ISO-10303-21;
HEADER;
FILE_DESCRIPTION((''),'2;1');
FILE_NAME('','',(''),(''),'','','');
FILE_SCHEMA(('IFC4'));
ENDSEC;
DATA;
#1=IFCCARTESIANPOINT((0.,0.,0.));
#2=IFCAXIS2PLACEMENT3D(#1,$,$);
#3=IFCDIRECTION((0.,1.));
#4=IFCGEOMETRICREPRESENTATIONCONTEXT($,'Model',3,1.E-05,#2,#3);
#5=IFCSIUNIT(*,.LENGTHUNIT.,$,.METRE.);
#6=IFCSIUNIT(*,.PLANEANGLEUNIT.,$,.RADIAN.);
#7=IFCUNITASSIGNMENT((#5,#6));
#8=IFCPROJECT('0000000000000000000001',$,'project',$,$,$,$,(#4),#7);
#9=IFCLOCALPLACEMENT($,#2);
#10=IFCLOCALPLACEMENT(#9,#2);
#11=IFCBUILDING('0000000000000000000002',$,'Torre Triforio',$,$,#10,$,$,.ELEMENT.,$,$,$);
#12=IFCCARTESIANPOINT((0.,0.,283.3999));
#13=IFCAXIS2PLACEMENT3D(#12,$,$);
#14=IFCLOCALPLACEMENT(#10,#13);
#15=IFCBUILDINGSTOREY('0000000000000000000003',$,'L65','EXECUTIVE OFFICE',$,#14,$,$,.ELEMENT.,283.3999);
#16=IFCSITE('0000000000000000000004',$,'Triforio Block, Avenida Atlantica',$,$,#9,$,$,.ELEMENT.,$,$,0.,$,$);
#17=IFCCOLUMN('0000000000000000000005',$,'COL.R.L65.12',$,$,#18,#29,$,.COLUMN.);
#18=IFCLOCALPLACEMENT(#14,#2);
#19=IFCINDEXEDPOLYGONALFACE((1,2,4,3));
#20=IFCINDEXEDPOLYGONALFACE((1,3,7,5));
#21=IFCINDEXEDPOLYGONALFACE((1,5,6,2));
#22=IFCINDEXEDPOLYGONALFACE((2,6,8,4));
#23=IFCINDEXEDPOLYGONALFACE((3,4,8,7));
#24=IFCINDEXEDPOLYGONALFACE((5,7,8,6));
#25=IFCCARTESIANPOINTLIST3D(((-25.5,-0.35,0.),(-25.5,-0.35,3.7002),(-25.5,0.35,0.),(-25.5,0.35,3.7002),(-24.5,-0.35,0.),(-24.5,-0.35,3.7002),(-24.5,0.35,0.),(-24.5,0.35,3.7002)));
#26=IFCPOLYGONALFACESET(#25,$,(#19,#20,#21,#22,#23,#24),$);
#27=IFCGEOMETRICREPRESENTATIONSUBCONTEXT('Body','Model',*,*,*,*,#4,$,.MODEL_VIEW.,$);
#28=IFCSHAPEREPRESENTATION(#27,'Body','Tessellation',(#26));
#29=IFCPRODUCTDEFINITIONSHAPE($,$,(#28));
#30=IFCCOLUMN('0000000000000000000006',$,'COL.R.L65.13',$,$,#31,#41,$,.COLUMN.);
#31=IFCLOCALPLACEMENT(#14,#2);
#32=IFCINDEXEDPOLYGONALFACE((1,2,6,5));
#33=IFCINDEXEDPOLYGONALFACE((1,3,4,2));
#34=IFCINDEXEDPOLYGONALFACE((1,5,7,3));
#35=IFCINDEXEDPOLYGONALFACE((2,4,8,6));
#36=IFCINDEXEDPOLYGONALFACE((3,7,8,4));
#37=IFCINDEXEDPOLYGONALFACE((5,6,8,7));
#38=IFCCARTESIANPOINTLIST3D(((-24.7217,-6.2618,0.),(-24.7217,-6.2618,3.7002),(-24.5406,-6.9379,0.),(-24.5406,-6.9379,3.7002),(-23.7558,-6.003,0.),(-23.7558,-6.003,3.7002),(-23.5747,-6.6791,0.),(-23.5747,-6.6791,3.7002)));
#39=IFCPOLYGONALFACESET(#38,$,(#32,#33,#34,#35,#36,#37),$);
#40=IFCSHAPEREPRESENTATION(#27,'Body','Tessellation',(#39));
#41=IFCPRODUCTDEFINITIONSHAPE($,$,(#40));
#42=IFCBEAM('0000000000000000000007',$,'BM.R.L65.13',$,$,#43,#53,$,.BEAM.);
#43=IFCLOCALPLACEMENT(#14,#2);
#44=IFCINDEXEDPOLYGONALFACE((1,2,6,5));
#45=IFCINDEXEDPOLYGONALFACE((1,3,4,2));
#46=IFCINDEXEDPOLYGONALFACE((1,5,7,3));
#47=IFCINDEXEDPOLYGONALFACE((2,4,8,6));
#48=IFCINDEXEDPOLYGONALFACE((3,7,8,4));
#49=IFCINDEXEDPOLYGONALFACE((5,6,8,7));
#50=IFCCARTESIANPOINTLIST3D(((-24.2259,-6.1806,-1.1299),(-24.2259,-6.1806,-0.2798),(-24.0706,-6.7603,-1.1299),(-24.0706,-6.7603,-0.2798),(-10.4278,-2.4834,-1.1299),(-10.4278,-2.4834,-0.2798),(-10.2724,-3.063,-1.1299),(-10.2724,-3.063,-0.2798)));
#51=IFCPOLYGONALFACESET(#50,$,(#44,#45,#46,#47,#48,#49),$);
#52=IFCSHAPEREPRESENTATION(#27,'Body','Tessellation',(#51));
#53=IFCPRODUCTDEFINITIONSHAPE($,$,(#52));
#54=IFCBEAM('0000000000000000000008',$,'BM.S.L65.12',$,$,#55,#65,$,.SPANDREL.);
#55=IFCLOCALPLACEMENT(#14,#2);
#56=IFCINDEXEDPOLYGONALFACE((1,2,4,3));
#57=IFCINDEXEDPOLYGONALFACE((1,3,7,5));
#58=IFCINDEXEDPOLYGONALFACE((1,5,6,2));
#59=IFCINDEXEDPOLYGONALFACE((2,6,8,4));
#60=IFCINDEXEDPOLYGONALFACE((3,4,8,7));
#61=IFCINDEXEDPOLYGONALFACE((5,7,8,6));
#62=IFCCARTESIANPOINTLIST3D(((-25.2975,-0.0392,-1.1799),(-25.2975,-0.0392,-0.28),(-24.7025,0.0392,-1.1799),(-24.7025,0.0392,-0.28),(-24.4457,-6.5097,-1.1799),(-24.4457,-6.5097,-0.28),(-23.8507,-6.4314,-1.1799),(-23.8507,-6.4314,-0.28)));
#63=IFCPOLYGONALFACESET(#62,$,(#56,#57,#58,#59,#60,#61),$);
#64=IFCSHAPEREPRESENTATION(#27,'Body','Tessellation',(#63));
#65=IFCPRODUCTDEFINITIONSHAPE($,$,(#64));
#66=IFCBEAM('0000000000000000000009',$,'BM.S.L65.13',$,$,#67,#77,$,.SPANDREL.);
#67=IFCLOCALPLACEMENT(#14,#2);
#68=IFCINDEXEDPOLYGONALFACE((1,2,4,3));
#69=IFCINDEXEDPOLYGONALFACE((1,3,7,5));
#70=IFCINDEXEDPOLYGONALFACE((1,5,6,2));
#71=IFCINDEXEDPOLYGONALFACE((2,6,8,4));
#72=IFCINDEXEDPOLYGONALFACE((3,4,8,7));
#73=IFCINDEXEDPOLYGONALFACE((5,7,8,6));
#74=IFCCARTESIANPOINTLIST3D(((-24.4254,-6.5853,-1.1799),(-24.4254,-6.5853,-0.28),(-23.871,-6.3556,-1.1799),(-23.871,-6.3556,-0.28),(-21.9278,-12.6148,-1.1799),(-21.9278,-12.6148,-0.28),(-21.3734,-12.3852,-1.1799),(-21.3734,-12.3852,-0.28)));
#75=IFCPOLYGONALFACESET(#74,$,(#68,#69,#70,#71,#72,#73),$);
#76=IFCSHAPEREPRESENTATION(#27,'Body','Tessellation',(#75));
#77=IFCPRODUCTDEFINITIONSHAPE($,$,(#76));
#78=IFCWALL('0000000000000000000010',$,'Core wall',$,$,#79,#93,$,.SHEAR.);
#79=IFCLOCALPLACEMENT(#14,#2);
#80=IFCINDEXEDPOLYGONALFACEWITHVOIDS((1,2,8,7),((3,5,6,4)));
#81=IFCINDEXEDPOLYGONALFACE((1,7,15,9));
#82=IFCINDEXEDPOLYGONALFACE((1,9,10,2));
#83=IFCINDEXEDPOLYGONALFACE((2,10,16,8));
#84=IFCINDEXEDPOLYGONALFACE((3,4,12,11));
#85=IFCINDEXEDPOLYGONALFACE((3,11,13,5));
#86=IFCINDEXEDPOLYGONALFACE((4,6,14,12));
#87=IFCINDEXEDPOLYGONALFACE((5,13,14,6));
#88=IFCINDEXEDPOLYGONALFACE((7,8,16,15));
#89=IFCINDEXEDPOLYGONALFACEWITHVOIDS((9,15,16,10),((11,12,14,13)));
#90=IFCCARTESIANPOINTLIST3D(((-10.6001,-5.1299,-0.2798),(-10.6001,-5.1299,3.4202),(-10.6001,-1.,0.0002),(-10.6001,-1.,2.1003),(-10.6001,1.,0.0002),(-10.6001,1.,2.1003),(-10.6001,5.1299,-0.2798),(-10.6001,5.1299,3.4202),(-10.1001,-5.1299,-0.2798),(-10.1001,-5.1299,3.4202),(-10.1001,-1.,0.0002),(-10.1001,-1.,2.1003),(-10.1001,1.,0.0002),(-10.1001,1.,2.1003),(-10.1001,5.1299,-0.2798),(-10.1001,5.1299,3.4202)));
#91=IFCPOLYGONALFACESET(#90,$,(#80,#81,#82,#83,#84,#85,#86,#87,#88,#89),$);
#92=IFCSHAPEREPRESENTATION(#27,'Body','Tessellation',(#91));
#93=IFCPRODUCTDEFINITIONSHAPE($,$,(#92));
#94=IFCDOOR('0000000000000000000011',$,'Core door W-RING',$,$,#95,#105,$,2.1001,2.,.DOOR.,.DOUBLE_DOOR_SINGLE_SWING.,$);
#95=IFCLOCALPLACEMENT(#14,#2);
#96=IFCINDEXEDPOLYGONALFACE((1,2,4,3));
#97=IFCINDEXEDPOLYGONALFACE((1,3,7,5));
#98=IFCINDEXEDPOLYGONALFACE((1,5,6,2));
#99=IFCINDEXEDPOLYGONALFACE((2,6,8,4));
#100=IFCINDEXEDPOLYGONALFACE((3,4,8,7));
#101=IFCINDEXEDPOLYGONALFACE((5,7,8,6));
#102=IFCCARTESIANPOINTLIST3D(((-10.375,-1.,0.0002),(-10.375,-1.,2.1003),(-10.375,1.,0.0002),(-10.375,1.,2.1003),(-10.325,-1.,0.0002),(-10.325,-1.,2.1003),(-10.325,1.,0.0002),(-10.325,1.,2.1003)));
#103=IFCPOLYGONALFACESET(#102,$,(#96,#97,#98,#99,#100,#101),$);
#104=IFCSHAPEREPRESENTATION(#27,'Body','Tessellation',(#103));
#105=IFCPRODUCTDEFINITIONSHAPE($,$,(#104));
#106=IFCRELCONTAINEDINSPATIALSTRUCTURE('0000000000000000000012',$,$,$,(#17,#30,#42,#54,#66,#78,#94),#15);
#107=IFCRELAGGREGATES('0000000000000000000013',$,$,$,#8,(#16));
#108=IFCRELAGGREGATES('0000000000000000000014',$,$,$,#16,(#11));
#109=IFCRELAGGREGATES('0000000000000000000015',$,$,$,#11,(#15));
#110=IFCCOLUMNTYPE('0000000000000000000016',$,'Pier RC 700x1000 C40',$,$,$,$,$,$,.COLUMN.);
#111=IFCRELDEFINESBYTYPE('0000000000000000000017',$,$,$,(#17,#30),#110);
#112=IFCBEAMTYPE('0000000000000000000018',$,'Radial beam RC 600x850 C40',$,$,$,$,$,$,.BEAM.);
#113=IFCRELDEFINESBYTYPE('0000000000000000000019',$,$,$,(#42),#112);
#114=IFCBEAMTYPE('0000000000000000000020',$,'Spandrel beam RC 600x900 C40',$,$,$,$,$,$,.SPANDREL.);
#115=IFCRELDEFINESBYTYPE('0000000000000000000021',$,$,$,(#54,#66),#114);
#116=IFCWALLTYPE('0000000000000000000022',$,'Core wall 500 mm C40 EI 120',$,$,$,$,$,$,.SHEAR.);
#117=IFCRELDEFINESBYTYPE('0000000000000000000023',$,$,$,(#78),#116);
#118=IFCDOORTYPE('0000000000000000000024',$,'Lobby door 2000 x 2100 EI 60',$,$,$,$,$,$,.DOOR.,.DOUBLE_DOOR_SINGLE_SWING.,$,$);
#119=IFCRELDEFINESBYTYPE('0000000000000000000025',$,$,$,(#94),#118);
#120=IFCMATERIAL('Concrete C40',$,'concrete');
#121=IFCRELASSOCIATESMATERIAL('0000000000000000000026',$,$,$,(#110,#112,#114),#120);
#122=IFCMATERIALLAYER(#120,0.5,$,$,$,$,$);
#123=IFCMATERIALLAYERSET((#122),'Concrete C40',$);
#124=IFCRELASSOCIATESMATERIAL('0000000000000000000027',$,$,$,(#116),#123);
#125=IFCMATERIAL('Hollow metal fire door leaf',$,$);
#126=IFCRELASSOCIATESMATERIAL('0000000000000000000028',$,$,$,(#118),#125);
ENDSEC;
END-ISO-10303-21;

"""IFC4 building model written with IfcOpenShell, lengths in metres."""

from ifc_helpers import new_model, si_unit, direction, frame, frame_2d, origin, origin_2d, place, context, subcontext, project, spatial, rectangle, extrude, material, layer, layer_set, material_profile, profile_set, type_object, element, fill, save


model = new_model("IFC4")

# Units and contexts
model_context = context("Model", 3, precision=1e-05, world=origin(), true_north=direction((0.0, 1.0)))
body_context = subcontext(model_context, "Body", "Model", "MODEL_VIEW")
ifc_project = project(units=[si_unit("LENGTHUNIT", "METRE"), si_unit("PLANEANGLEUNIT", "RADIAN")], contexts=[model_context])

# Site, building, storey
site_placement = place(None, origin())
site = spatial("IfcSite", under=ifc_project, at=site_placement, Name="Triforio Block, Avenida Atlantica", CompositionType="ELEMENT", RefElevation=0.0)
building_placement = place(site_placement, origin())
building = spatial("IfcBuilding", under=site, at=building_placement, Name="Torre Triforio", CompositionType="ELEMENT")
storey_placement = place(building_placement, frame((0.0, 0.0, 283.3999)))
storey = spatial("IfcBuildingStorey", under=building, at=storey_placement, Name="L65", Description="EXECUTIVE OFFICE", CompositionType="ELEMENT", Elevation=283.3999)

# Columns
ifc_material_1 = material(Name="Concrete C40", Category="concrete")
ifc_material_profile_1 = material_profile(ifc_material_1, rectangle(XDim=0.7, YDim=1.0, at=origin_2d()), Name="RC 700x1000")
ifc_profile_set_1 = profile_set([ifc_material_profile_1], Name="Concrete C40")
column_type = type_object("IfcColumnType", Name="Pier RC 700x1000 C40", PredefinedType="COLUMN", material=ifc_profile_set_1)
for number, where, z_axis, x_axis, name in (
    (1, (-25.0, 0.0, 0.0), (0.0, 0.0, 1.0), (0.0, -1.0, 0.0), "COL.R.L65.12"),
    (2, (-24.1482, -6.4705, 0.0), (0.0, 0.0, 1.0), (0.258819, -0.965926, 0.0), "COL.R.L65.13"),
):
    element("IfcColumn", number, at=place(storey_placement, frame(where, z_axis=z_axis, x_axis=x_axis)), inside=storey, type_object=column_type, Name=name, PredefinedType="COLUMN", context=body_context, shape_type="SweptSolid", body=[
        extrude(rectangle(XDim=0.7, YDim=1.0, at=origin_2d()), origin(), (0.0, 0.0, 1.0), 3.7002),
    ])

# Beams
ifc_material_profile_2 = material_profile(ifc_material_1, rectangle(XDim=0.6001, YDim=0.8501, at=origin_2d()), Name="RC 600x850")
ifc_profile_set_2 = profile_set([ifc_material_profile_2], Name="Concrete C40")
beam_type_1 = type_object("IfcBeamType", Name="Radial beam RC 600x850 C40", PredefinedType="BEAM", material=ifc_profile_set_2)
beam_placement = place(storey_placement, frame((-10.3501, -2.7732, -0.7048), z_axis=(-0.965924, -0.258824, 0.0), x_axis=(0.258824, -0.965924, 0.0)))
element("IfcBeam", 3, at=beam_placement, inside=storey, type_object=beam_type_1, Name="BM.R.L65.13", PredefinedType="BEAM", context=body_context, shape_type="SweptSolid", body=[
    extrude(rectangle(XDim=0.6001, YDim=0.8501, at=origin_2d()), origin(), (0.0, 0.0, 1.0), 14.2849),
])
ifc_material_profile_3 = material_profile(ifc_material_1, rectangle(XDim=0.6001, YDim=0.8999, at=origin_2d()), Name="RC 600x900")
ifc_profile_set_3 = profile_set([ifc_material_profile_3], Name="Concrete C40")
beam_type_2 = type_object("IfcBeamType", Name="Spandrel beam RC 600x900 C40", PredefinedType="SPANDREL", material=ifc_profile_set_3)
for number, where, z_axis, x_axis, name in (
    (4, (-25.0, 0.0, -0.73), (0.130519, -0.991446, 0.0), (0.991446, 0.130519, 0.0), "BM.S.L65.12"),
    (5, (-24.1482, -6.4705, -0.73), (0.382689, -0.923877, 0.0), (0.923877, 0.382689, 0.0), "BM.S.L65.13"),
):
    element("IfcBeam", number, at=place(storey_placement, frame(where, z_axis=z_axis, x_axis=x_axis)), inside=storey, type_object=beam_type_2, Name=name, PredefinedType="SPANDREL", context=body_context, shape_type="SweptSolid", body=[
        extrude(rectangle(XDim=0.6001, YDim=0.8999, at=origin_2d()), origin(), (0.0, 0.0, 1.0), 6.5264),
    ])

# Wall, opening, door
ifc_layer_1 = layer(ifc_material_1, 0.5)
ifc_layer_set_1 = layer_set([ifc_layer_1], Name="Concrete C40")
wall_type_1 = type_object("IfcWallType", Name="Core wall 500 mm C40 EI 120", PredefinedType="SHEAR", material=ifc_layer_set_1)
wall_1_placement = place(storey_placement, frame((-10.3501, -5.1299, -0.2798), z_axis=(0.0, 0.0, 1.0), x_axis=(0.0, 1.0, 0.0)))
wall_1 = element("IfcWall", 6, at=wall_1_placement, inside=storey, type_object=wall_type_1, Name="Core wall", PredefinedType="SHEAR", context=body_context, shape_type="SweptSolid", body=[
    extrude(rectangle(XDim=10.2598, YDim=0.5, at=frame_2d((5.1299, 0.0))), origin(), (0.0, 0.0, 1.0), 3.7),
])
opening_1_placement = place(wall_1_placement, frame((4.1299, 0.0, 0.28)))
opening_1 = element("IfcOpeningElement", 7, at=opening_1_placement, cuts=wall_1, PredefinedType="OPENING", context=body_context, shape_type="SweptSolid", body=[
    extrude(rectangle(XDim=2.0, YDim=2.1001, at=frame_2d((1.0, 1.05))), frame((0.0, 0.26, 0.0), z_axis=(0.0, -1.0, 0.0), x_axis=(1.0, 0.0, 0.0)), (0.0, 0.0, 1.0), 0.52),
])
ifc_material_2 = material(Name="Hollow metal fire door leaf")
door_type_1 = type_object("IfcDoorType", Name="Lobby door 2000 x 2100 EI 60", OperationType="DOUBLE_DOOR_SINGLE_SWING", PredefinedType="DOOR", material=ifc_material_2)
door_1_placement = place(opening_1_placement, origin())
door_1 = element("IfcDoor", 8, at=door_1_placement, inside=storey, type_object=door_type_1, Name="Core door W-RING", OperationType="DOUBLE_DOOR_SINGLE_SWING", OverallHeight=2.1001, OverallWidth=2.0, PredefinedType="DOOR", context=body_context, shape_type="SweptSolid", body=[
    extrude(rectangle(XDim=2.0, YDim=2.1001, at=frame_2d((1.0, 1.05))), frame((0.0, 0.0249, 0.0), z_axis=(0.0, -1.0, 0.0), x_axis=(1.0, 0.0, 0.0)), (0.0, 0.0, 1.0), 0.05),
])
fill(opening_1, door_1)

save(model, "model.ifc")
